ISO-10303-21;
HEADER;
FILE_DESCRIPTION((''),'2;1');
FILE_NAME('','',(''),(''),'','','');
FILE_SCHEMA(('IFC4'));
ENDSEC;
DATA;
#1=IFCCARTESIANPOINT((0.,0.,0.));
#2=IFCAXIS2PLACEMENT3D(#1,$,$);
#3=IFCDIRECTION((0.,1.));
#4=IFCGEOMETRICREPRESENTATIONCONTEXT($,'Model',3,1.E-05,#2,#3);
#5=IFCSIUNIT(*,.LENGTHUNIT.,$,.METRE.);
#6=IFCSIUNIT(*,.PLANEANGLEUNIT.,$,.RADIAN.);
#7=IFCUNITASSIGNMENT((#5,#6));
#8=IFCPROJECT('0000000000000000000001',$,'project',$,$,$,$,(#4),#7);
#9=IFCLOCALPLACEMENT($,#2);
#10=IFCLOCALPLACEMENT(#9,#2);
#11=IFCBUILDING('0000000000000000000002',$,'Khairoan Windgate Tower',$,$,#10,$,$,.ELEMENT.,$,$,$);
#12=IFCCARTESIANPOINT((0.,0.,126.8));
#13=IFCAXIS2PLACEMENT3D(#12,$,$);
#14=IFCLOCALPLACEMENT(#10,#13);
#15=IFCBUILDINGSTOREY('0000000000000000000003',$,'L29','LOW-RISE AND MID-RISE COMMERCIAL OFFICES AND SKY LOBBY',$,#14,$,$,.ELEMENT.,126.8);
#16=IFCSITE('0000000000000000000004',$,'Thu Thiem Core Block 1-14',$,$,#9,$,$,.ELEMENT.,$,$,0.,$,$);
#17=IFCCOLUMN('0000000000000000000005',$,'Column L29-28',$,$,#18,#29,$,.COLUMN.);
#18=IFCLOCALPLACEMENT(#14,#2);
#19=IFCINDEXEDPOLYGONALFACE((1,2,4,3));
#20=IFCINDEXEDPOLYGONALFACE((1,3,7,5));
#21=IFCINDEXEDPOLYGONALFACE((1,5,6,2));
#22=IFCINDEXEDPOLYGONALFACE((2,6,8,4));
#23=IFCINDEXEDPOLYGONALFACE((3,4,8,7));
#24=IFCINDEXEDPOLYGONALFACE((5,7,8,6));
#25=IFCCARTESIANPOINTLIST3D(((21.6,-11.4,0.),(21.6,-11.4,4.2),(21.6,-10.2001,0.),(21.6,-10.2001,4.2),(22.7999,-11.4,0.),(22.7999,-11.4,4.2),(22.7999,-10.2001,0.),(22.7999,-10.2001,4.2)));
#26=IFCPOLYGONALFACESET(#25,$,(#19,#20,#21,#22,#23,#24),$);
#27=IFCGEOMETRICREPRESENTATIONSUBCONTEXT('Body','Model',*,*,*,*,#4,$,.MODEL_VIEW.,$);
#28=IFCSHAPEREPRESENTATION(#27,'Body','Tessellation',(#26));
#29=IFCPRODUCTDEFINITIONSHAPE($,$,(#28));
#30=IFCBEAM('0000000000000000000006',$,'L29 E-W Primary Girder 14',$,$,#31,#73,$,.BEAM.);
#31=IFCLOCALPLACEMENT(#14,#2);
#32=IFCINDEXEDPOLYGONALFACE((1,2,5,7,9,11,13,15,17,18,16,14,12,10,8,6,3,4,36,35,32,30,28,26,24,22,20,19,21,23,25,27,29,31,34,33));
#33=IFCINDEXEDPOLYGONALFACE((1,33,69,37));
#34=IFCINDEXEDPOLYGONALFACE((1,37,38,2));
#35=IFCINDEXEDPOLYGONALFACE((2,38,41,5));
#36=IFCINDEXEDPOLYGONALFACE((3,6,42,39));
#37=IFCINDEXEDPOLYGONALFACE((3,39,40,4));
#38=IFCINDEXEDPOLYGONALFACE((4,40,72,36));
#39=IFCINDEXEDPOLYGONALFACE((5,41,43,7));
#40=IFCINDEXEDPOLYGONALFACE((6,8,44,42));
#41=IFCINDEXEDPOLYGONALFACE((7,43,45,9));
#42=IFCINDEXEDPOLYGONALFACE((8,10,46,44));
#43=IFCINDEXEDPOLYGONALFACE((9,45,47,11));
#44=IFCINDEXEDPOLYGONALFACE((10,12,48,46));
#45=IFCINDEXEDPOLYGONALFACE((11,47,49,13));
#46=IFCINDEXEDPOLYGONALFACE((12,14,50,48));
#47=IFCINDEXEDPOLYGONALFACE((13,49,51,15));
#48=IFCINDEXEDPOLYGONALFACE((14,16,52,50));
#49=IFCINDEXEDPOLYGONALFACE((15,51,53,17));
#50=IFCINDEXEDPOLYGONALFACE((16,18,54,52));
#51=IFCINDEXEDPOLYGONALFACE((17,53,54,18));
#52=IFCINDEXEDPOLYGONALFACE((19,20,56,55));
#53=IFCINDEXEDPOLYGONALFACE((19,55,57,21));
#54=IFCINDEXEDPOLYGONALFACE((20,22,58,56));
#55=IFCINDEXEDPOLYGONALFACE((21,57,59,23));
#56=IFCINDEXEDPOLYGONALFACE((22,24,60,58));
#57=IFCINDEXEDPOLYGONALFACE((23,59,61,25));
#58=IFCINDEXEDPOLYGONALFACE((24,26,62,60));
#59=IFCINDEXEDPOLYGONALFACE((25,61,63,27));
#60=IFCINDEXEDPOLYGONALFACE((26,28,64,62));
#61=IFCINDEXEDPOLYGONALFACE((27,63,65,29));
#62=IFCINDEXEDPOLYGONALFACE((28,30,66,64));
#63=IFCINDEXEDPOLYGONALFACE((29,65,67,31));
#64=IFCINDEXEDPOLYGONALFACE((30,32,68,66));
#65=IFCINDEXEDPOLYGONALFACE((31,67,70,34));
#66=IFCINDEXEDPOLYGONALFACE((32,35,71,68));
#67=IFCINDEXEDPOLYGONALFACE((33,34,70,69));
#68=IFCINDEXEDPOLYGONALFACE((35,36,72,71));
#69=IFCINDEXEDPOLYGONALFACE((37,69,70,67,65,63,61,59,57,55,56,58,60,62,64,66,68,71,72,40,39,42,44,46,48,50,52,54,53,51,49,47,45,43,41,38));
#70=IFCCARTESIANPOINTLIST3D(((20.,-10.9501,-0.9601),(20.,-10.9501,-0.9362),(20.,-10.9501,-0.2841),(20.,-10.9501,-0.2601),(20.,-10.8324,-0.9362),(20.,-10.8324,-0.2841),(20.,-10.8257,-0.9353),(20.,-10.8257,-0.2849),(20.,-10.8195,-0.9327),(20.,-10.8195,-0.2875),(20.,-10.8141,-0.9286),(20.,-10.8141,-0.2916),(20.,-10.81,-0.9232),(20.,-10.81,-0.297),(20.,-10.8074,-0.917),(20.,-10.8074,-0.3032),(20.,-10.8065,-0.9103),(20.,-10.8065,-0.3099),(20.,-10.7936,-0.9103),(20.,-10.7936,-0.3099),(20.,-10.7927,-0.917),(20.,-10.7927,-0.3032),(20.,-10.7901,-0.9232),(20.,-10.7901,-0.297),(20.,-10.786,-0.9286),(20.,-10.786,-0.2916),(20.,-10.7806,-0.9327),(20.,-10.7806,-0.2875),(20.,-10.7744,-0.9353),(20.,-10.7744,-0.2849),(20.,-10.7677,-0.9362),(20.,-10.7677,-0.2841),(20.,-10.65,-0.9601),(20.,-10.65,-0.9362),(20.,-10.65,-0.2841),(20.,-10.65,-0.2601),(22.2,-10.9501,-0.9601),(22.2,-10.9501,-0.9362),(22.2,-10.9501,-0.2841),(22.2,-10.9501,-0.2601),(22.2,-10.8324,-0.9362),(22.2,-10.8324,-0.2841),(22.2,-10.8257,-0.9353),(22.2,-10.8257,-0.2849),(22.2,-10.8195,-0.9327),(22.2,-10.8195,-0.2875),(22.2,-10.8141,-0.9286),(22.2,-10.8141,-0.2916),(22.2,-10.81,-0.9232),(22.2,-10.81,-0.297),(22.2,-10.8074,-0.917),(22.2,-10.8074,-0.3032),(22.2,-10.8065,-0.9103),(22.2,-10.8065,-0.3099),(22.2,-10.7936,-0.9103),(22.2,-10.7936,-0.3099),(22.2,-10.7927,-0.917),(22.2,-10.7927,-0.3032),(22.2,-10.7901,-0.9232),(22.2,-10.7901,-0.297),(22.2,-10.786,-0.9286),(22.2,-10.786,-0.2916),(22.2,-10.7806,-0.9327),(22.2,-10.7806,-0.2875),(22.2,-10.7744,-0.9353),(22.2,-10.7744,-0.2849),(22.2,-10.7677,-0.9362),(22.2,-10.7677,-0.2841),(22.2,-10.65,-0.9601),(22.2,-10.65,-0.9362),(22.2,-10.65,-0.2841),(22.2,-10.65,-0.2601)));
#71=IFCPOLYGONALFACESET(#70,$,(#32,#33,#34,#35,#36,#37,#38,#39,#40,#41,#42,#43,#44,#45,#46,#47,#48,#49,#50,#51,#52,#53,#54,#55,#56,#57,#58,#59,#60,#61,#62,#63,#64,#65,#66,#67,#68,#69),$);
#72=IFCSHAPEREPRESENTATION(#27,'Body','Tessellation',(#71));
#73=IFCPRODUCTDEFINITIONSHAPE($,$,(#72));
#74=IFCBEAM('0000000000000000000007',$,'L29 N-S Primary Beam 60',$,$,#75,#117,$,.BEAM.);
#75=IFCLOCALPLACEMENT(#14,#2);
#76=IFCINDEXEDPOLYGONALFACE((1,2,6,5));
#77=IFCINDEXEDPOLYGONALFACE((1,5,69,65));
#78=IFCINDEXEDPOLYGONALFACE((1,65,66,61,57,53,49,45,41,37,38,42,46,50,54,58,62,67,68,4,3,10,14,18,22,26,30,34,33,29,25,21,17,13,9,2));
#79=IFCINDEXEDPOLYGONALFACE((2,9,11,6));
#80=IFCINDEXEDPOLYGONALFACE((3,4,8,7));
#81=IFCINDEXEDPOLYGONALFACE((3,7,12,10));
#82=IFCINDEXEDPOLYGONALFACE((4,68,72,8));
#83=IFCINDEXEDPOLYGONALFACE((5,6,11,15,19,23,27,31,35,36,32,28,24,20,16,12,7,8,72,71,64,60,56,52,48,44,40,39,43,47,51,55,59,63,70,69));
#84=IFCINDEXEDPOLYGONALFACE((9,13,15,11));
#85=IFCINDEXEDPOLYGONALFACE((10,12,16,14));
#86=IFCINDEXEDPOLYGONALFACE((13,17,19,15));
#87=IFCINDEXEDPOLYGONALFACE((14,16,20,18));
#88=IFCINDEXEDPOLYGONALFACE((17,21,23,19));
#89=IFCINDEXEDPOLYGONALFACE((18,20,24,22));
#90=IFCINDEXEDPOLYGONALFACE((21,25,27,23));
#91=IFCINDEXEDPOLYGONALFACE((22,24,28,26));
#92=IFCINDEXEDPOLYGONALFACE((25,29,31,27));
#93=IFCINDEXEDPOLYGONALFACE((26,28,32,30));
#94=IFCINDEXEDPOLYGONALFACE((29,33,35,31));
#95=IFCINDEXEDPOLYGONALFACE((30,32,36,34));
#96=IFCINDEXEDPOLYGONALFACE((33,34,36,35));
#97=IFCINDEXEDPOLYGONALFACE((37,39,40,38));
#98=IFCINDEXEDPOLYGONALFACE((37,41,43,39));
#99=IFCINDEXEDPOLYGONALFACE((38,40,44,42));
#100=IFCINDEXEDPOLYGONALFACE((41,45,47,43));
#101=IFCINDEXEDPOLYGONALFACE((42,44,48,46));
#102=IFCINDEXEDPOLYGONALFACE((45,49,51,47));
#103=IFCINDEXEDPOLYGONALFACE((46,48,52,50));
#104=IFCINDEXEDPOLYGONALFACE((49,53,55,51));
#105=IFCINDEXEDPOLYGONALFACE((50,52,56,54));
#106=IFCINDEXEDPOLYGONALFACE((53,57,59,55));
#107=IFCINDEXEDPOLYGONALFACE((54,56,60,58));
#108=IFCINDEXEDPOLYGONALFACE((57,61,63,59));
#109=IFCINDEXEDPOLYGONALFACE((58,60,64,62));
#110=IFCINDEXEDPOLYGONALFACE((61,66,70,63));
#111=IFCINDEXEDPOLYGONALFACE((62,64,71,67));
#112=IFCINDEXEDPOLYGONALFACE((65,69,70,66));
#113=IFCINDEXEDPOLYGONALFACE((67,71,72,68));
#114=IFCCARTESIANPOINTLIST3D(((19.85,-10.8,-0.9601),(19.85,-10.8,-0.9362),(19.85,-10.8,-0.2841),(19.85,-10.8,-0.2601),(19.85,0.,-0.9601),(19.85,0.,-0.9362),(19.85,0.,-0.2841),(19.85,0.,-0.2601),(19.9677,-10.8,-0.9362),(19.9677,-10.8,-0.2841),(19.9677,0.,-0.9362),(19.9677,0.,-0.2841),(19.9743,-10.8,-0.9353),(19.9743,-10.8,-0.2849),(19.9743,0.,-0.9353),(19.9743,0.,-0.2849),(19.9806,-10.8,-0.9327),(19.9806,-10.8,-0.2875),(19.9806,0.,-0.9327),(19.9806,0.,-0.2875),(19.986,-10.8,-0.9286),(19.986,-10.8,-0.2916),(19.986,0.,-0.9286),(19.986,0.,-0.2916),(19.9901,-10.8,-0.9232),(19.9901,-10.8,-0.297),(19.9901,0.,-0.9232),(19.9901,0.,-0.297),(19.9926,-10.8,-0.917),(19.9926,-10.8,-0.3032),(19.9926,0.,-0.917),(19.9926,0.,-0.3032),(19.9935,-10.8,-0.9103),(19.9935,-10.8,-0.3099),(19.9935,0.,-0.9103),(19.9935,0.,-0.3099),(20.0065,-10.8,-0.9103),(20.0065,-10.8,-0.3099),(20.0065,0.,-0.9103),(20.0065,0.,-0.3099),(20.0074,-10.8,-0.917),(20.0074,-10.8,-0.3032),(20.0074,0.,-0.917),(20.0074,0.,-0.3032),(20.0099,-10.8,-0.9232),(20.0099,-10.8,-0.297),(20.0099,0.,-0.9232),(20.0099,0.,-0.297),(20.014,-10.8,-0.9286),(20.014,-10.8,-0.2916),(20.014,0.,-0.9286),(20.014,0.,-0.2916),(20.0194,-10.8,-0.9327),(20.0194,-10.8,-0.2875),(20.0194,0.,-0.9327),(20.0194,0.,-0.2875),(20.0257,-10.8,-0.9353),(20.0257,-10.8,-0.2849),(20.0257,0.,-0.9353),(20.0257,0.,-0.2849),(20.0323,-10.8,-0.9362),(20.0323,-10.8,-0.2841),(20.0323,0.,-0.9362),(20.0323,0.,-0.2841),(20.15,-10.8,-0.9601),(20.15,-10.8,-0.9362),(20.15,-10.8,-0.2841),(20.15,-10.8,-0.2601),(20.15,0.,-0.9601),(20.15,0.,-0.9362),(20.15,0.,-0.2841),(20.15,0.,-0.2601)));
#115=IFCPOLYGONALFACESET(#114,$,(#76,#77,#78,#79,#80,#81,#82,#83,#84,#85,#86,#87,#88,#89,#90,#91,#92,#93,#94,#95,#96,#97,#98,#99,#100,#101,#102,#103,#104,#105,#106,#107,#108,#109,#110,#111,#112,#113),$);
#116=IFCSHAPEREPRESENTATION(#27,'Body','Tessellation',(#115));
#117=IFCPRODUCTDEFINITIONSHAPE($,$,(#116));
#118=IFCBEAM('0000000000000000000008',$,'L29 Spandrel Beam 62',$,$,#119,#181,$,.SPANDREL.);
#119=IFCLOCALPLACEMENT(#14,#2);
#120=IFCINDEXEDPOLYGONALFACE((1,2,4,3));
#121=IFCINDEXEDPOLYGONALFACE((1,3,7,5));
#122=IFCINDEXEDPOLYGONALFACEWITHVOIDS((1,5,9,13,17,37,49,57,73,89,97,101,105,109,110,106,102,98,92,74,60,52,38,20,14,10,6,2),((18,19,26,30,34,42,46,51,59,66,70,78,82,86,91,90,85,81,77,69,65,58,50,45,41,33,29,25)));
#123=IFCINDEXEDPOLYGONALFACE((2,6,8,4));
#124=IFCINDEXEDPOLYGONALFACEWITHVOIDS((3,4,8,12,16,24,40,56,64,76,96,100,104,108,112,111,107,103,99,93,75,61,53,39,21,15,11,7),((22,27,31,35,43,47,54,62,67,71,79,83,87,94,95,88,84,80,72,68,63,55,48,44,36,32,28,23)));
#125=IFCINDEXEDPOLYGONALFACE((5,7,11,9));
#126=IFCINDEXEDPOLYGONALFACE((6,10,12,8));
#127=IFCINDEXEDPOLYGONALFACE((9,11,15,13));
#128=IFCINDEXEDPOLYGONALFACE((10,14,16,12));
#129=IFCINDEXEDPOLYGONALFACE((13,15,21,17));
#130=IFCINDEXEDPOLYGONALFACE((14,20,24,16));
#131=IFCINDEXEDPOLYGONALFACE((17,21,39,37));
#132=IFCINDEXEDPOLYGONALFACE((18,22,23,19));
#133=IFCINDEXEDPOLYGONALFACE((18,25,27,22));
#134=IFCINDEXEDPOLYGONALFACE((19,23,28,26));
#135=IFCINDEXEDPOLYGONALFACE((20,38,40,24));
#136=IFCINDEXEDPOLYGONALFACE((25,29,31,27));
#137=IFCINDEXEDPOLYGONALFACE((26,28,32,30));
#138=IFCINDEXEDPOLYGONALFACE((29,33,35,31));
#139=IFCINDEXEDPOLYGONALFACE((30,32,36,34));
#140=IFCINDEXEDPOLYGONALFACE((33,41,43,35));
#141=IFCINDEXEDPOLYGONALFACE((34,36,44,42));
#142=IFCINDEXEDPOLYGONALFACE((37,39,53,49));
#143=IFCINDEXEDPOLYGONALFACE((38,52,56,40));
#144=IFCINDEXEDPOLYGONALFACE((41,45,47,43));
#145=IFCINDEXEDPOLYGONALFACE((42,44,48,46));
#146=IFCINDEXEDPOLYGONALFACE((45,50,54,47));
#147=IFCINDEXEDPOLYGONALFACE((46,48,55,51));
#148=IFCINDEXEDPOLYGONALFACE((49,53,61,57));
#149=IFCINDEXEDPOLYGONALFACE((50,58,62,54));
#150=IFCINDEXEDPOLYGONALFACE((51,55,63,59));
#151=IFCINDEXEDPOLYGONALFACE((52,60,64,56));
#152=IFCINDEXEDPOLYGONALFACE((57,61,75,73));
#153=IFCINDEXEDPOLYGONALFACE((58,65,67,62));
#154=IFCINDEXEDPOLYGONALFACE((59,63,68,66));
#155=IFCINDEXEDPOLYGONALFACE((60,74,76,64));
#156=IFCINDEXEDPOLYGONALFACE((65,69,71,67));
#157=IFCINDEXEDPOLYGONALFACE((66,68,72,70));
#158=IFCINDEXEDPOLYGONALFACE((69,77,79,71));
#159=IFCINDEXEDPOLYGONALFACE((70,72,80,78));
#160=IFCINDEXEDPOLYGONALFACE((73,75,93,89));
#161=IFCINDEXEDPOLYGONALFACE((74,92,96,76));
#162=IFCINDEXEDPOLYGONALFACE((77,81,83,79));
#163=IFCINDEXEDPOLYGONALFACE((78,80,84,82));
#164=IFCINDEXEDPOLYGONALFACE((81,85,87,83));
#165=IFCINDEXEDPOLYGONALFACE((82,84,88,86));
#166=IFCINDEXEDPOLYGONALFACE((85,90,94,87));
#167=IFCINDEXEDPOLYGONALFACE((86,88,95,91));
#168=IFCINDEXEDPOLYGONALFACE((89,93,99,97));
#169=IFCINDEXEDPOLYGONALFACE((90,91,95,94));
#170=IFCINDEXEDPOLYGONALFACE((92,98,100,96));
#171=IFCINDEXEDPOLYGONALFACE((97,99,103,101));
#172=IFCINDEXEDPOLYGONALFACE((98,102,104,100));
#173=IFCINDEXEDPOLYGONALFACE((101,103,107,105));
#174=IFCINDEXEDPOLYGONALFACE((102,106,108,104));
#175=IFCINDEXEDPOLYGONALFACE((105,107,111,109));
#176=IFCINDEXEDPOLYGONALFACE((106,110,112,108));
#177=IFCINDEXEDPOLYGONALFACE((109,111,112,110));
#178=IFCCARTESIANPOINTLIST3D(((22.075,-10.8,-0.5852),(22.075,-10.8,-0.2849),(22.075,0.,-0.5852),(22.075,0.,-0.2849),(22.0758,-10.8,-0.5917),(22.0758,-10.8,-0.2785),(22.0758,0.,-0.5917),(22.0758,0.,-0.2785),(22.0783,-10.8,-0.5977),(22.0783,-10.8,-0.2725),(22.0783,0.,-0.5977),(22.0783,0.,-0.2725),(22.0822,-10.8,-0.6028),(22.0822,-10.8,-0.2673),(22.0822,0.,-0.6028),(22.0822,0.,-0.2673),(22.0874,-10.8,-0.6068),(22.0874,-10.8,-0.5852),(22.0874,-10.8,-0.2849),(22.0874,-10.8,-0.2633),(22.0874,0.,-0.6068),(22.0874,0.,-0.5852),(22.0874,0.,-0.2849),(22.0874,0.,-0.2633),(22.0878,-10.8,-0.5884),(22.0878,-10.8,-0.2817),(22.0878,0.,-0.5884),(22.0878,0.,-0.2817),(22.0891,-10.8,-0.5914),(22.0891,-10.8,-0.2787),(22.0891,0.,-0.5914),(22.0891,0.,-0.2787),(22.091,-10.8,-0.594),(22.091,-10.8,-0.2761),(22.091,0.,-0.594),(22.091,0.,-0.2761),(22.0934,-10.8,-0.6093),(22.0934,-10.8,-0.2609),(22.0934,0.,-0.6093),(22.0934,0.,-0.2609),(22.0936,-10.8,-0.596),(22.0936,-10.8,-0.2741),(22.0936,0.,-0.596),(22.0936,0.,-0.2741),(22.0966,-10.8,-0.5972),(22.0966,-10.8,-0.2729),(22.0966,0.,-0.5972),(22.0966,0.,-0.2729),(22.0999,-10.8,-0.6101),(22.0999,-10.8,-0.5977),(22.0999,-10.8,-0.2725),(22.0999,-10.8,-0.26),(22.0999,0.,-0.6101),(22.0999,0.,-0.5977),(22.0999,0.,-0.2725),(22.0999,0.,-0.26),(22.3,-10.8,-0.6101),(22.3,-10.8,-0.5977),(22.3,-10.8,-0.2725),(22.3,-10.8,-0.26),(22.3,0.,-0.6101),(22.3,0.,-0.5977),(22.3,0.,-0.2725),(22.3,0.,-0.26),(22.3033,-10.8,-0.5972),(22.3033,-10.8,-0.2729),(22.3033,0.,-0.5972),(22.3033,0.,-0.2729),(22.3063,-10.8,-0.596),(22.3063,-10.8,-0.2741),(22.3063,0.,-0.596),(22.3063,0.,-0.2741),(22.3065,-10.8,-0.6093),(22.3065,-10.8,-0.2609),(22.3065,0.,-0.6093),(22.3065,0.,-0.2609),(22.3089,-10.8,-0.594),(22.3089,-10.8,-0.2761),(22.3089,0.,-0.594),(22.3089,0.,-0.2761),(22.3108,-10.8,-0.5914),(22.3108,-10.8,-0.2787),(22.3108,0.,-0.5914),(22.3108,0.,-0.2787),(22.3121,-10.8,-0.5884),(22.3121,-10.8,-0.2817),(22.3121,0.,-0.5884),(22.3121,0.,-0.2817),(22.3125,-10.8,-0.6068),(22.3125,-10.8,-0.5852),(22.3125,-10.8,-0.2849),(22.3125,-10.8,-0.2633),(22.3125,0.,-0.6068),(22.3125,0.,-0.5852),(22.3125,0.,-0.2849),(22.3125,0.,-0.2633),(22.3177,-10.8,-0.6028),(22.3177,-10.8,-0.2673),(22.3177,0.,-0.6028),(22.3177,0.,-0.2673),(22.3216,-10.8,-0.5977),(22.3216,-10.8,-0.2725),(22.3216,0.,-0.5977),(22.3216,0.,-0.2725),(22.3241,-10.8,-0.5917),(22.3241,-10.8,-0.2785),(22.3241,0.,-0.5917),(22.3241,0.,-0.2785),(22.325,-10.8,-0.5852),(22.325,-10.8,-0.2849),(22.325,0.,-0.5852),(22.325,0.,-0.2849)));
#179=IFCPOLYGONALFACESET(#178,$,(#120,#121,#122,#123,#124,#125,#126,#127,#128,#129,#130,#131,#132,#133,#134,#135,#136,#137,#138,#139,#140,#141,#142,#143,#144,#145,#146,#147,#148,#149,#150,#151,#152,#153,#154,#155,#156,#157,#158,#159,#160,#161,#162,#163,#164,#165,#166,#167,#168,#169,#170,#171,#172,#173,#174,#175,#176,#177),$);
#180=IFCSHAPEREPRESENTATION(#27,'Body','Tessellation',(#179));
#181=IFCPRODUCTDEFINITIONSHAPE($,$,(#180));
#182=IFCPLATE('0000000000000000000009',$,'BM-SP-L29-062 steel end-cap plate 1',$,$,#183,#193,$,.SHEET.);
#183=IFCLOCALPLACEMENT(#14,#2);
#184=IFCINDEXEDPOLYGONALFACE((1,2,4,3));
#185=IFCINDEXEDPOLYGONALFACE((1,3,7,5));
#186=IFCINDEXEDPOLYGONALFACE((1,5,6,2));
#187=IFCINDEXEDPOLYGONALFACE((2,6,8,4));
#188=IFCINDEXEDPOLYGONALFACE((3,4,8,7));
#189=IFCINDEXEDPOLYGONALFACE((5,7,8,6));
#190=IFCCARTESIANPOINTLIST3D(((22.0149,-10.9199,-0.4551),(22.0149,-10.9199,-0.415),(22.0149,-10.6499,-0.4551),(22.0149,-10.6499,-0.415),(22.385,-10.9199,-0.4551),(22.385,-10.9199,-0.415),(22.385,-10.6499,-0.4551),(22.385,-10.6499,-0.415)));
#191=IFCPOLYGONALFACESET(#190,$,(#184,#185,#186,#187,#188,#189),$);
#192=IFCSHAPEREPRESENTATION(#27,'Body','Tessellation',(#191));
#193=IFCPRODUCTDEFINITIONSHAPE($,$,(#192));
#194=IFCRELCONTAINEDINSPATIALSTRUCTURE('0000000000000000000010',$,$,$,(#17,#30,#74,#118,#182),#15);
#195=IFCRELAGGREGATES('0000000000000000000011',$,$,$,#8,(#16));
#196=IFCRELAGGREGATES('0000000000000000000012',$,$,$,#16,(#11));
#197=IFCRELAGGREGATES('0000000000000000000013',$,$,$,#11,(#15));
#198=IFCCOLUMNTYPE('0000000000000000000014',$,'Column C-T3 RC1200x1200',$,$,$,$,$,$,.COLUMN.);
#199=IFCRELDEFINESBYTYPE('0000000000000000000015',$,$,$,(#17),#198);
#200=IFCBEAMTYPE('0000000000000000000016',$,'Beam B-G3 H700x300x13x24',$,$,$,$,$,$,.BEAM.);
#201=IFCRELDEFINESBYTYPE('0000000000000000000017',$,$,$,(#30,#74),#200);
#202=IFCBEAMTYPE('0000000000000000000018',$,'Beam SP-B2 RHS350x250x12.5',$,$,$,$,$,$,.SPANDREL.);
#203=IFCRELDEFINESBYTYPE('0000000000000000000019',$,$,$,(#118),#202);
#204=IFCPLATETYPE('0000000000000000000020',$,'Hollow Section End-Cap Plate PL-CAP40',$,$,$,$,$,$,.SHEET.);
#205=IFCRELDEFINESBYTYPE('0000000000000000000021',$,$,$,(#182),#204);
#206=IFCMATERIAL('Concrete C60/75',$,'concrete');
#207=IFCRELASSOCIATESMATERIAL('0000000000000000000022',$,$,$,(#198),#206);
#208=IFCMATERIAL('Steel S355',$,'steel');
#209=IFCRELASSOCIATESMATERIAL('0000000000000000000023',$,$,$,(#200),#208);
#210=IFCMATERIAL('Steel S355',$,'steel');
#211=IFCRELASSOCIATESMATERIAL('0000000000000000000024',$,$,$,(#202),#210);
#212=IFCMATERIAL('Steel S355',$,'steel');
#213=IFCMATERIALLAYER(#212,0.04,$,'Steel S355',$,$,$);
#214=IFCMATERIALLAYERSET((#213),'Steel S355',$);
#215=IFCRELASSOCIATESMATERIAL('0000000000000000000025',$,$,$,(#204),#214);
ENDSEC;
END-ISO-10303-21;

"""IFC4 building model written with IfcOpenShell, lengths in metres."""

from ifc_helpers import new_model, si_unit, direction, frame, origin, origin_2d, place, context, subcontext, project, spatial, rectangle, hollow_rectangle, i_section, extrude, material, layer, layer_set, material_profile, profile_set, type_object, element, save


model = new_model("IFC4")

# Units and contexts
model_context = context("Model", 3, precision=1e-05, world=origin(), true_north=direction((0.0, 1.0)))
body_context = subcontext(model_context, "Body", "Model", "MODEL_VIEW")
ifc_project = project(units=[si_unit("LENGTHUNIT", "METRE"), si_unit("PLANEANGLEUNIT", "RADIAN")], contexts=[model_context])

# Site, building, storey
site_placement = place(None, origin())
site = spatial("IfcSite", under=ifc_project, at=site_placement, Name="Thu Thiem Core Block 1-14", CompositionType="ELEMENT", RefElevation=0.0)
building_placement = place(site_placement, origin())
building = spatial("IfcBuilding", under=site, at=building_placement, Name="Khairoan Windgate Tower", CompositionType="ELEMENT")
storey_placement = place(building_placement, frame((0.0, 0.0, 126.8)))
storey = spatial("IfcBuildingStorey", under=building, at=storey_placement, Name="L29", Description="LOW-RISE AND MID-RISE COMMERCIAL OFFICES AND SKY LOBBY", CompositionType="ELEMENT", Elevation=126.8)

# Column
ifc_material_1 = material(Name="Concrete C60/75", Category="concrete")
ifc_material_profile_1 = material_profile(ifc_material_1, rectangle(XDim=1.2, YDim=1.2, at=origin_2d()))
ifc_profile_set_1 = profile_set([ifc_material_profile_1], Name="Concrete C60/75")
column_type = type_object("IfcColumnType", Name="Column C-T3 RC1200x1200", PredefinedType="COLUMN", material=ifc_profile_set_1)
column_placement = place(storey_placement, frame((22.2, -10.8, 0.0), z_axis=(0.0, 0.0, 1.0), x_axis=(1.0, 0.0, 0.0)))
element("IfcColumn", 1, at=column_placement, inside=storey, type_object=column_type, Name="Column L29-28", PredefinedType="COLUMN", context=body_context, shape_type="SweptSolid", body=[
    extrude(rectangle(XDim=1.2, YDim=1.2, at=origin_2d()), origin(), (0.0, 0.0, 1.0), 4.2),
])

# Beams
ifc_material_2 = material(Name="Steel S355", Category="steel")
ifc_material_profile_2 = material_profile(ifc_material_2, i_section(OverallWidth=0.3, OverallDepth=0.7, WebThickness=0.0129, FlangeThickness=0.0239, FilletRadius=0.0259, at=origin_2d()))
ifc_profile_set_2 = profile_set([ifc_material_profile_2], Name="Steel S355")
beam_type_1 = type_object("IfcBeamType", Name="Beam B-G3 H700x300x13x24", PredefinedType="BEAM", material=ifc_profile_set_2)
beam_1_placement = place(storey_placement, frame((20.0, -10.8, -0.6101), z_axis=(1.0, 0.0, 0.0), x_axis=(0.0, 1.0, 0.0)))
element("IfcBeam", 2, at=beam_1_placement, inside=storey, type_object=beam_type_1, Name="L29 E-W Primary Girder 14", PredefinedType="BEAM", context=body_context, shape_type="SweptSolid", body=[
    extrude(i_section(OverallWidth=0.3, OverallDepth=0.7, WebThickness=0.0129, FlangeThickness=0.0239, FilletRadius=0.0259, at=origin_2d()), origin(), (0.0, 0.0, 1.0), 2.2),
])
beam_2_placement = place(storey_placement, frame((20.0, -10.8, -0.6101), z_axis=(0.0, 1.0, 0.0), x_axis=(-1.0, 0.0, 0.0)))
element("IfcBeam", 3, at=beam_2_placement, inside=storey, type_object=beam_type_1, Name="L29 N-S Primary Beam 60", PredefinedType="BEAM", context=body_context, shape_type="SweptSolid", body=[
    extrude(i_section(OverallWidth=0.3, OverallDepth=0.7, WebThickness=0.0129, FlangeThickness=0.0239, FilletRadius=0.0259, at=origin_2d()), origin(), (0.0, 0.0, 1.0), 10.8),
])
ifc_material_3 = material(Name="Steel S355", Category="steel")
ifc_material_profile_3 = material_profile(ifc_material_3, hollow_rectangle(XDim=0.25, YDim=0.3501, WallThickness=0.0125, InnerFilletRadius=0.0125, OuterFilletRadius=0.0249, at=origin_2d()))
ifc_profile_set_3 = profile_set([ifc_material_profile_3], Name="Steel S355")
beam_type_2 = type_object("IfcBeamType", Name="Beam SP-B2 RHS350x250x12.5", PredefinedType="SPANDREL", material=ifc_profile_set_3)
beam_3_placement = place(storey_placement, frame((22.2, -10.8, -0.4351), z_axis=(0.0, 1.0, 0.0), x_axis=(-1.0, 0.0, 0.0)))
element("IfcBeam", 4, at=beam_3_placement, inside=storey, type_object=beam_type_2, Name="L29 Spandrel Beam 62", PredefinedType="SPANDREL", context=body_context, shape_type="SweptSolid", body=[
    extrude(hollow_rectangle(XDim=0.25, YDim=0.3501, WallThickness=0.0125, InnerFilletRadius=0.0125, OuterFilletRadius=0.0249, at=origin_2d()), origin(), (0.0, 0.0, 1.0), 10.8),
])

# Plate
ifc_material_4 = material(Name="Steel S355", Category="steel")
ifc_layer_1 = layer(ifc_material_4, 0.04, Name="Steel S355")
ifc_layer_set_1 = layer_set([ifc_layer_1], Name="Steel S355")
plate_type = type_object("IfcPlateType", Name="Hollow Section End-Cap Plate PL-CAP40", PredefinedType="SHEET", material=ifc_layer_set_1)
plate_placement = place(storey_placement, frame((22.2, -10.7849, -0.4551), z_axis=(0.0, 0.0, 1.0), x_axis=(0.0, 1.0, 0.0)))
element("IfcPlate", 5, at=plate_placement, inside=storey, type_object=plate_type, Name="BM-SP-L29-062 steel end-cap plate 1", PredefinedType="SHEET", context=body_context, shape_type="SweptSolid", body=[
    extrude(rectangle(XDim=0.27, YDim=0.3701, at=origin_2d()), origin(), (0.0, 0.0, 1.0), 0.04),
])

save(model, "model.ifc")
